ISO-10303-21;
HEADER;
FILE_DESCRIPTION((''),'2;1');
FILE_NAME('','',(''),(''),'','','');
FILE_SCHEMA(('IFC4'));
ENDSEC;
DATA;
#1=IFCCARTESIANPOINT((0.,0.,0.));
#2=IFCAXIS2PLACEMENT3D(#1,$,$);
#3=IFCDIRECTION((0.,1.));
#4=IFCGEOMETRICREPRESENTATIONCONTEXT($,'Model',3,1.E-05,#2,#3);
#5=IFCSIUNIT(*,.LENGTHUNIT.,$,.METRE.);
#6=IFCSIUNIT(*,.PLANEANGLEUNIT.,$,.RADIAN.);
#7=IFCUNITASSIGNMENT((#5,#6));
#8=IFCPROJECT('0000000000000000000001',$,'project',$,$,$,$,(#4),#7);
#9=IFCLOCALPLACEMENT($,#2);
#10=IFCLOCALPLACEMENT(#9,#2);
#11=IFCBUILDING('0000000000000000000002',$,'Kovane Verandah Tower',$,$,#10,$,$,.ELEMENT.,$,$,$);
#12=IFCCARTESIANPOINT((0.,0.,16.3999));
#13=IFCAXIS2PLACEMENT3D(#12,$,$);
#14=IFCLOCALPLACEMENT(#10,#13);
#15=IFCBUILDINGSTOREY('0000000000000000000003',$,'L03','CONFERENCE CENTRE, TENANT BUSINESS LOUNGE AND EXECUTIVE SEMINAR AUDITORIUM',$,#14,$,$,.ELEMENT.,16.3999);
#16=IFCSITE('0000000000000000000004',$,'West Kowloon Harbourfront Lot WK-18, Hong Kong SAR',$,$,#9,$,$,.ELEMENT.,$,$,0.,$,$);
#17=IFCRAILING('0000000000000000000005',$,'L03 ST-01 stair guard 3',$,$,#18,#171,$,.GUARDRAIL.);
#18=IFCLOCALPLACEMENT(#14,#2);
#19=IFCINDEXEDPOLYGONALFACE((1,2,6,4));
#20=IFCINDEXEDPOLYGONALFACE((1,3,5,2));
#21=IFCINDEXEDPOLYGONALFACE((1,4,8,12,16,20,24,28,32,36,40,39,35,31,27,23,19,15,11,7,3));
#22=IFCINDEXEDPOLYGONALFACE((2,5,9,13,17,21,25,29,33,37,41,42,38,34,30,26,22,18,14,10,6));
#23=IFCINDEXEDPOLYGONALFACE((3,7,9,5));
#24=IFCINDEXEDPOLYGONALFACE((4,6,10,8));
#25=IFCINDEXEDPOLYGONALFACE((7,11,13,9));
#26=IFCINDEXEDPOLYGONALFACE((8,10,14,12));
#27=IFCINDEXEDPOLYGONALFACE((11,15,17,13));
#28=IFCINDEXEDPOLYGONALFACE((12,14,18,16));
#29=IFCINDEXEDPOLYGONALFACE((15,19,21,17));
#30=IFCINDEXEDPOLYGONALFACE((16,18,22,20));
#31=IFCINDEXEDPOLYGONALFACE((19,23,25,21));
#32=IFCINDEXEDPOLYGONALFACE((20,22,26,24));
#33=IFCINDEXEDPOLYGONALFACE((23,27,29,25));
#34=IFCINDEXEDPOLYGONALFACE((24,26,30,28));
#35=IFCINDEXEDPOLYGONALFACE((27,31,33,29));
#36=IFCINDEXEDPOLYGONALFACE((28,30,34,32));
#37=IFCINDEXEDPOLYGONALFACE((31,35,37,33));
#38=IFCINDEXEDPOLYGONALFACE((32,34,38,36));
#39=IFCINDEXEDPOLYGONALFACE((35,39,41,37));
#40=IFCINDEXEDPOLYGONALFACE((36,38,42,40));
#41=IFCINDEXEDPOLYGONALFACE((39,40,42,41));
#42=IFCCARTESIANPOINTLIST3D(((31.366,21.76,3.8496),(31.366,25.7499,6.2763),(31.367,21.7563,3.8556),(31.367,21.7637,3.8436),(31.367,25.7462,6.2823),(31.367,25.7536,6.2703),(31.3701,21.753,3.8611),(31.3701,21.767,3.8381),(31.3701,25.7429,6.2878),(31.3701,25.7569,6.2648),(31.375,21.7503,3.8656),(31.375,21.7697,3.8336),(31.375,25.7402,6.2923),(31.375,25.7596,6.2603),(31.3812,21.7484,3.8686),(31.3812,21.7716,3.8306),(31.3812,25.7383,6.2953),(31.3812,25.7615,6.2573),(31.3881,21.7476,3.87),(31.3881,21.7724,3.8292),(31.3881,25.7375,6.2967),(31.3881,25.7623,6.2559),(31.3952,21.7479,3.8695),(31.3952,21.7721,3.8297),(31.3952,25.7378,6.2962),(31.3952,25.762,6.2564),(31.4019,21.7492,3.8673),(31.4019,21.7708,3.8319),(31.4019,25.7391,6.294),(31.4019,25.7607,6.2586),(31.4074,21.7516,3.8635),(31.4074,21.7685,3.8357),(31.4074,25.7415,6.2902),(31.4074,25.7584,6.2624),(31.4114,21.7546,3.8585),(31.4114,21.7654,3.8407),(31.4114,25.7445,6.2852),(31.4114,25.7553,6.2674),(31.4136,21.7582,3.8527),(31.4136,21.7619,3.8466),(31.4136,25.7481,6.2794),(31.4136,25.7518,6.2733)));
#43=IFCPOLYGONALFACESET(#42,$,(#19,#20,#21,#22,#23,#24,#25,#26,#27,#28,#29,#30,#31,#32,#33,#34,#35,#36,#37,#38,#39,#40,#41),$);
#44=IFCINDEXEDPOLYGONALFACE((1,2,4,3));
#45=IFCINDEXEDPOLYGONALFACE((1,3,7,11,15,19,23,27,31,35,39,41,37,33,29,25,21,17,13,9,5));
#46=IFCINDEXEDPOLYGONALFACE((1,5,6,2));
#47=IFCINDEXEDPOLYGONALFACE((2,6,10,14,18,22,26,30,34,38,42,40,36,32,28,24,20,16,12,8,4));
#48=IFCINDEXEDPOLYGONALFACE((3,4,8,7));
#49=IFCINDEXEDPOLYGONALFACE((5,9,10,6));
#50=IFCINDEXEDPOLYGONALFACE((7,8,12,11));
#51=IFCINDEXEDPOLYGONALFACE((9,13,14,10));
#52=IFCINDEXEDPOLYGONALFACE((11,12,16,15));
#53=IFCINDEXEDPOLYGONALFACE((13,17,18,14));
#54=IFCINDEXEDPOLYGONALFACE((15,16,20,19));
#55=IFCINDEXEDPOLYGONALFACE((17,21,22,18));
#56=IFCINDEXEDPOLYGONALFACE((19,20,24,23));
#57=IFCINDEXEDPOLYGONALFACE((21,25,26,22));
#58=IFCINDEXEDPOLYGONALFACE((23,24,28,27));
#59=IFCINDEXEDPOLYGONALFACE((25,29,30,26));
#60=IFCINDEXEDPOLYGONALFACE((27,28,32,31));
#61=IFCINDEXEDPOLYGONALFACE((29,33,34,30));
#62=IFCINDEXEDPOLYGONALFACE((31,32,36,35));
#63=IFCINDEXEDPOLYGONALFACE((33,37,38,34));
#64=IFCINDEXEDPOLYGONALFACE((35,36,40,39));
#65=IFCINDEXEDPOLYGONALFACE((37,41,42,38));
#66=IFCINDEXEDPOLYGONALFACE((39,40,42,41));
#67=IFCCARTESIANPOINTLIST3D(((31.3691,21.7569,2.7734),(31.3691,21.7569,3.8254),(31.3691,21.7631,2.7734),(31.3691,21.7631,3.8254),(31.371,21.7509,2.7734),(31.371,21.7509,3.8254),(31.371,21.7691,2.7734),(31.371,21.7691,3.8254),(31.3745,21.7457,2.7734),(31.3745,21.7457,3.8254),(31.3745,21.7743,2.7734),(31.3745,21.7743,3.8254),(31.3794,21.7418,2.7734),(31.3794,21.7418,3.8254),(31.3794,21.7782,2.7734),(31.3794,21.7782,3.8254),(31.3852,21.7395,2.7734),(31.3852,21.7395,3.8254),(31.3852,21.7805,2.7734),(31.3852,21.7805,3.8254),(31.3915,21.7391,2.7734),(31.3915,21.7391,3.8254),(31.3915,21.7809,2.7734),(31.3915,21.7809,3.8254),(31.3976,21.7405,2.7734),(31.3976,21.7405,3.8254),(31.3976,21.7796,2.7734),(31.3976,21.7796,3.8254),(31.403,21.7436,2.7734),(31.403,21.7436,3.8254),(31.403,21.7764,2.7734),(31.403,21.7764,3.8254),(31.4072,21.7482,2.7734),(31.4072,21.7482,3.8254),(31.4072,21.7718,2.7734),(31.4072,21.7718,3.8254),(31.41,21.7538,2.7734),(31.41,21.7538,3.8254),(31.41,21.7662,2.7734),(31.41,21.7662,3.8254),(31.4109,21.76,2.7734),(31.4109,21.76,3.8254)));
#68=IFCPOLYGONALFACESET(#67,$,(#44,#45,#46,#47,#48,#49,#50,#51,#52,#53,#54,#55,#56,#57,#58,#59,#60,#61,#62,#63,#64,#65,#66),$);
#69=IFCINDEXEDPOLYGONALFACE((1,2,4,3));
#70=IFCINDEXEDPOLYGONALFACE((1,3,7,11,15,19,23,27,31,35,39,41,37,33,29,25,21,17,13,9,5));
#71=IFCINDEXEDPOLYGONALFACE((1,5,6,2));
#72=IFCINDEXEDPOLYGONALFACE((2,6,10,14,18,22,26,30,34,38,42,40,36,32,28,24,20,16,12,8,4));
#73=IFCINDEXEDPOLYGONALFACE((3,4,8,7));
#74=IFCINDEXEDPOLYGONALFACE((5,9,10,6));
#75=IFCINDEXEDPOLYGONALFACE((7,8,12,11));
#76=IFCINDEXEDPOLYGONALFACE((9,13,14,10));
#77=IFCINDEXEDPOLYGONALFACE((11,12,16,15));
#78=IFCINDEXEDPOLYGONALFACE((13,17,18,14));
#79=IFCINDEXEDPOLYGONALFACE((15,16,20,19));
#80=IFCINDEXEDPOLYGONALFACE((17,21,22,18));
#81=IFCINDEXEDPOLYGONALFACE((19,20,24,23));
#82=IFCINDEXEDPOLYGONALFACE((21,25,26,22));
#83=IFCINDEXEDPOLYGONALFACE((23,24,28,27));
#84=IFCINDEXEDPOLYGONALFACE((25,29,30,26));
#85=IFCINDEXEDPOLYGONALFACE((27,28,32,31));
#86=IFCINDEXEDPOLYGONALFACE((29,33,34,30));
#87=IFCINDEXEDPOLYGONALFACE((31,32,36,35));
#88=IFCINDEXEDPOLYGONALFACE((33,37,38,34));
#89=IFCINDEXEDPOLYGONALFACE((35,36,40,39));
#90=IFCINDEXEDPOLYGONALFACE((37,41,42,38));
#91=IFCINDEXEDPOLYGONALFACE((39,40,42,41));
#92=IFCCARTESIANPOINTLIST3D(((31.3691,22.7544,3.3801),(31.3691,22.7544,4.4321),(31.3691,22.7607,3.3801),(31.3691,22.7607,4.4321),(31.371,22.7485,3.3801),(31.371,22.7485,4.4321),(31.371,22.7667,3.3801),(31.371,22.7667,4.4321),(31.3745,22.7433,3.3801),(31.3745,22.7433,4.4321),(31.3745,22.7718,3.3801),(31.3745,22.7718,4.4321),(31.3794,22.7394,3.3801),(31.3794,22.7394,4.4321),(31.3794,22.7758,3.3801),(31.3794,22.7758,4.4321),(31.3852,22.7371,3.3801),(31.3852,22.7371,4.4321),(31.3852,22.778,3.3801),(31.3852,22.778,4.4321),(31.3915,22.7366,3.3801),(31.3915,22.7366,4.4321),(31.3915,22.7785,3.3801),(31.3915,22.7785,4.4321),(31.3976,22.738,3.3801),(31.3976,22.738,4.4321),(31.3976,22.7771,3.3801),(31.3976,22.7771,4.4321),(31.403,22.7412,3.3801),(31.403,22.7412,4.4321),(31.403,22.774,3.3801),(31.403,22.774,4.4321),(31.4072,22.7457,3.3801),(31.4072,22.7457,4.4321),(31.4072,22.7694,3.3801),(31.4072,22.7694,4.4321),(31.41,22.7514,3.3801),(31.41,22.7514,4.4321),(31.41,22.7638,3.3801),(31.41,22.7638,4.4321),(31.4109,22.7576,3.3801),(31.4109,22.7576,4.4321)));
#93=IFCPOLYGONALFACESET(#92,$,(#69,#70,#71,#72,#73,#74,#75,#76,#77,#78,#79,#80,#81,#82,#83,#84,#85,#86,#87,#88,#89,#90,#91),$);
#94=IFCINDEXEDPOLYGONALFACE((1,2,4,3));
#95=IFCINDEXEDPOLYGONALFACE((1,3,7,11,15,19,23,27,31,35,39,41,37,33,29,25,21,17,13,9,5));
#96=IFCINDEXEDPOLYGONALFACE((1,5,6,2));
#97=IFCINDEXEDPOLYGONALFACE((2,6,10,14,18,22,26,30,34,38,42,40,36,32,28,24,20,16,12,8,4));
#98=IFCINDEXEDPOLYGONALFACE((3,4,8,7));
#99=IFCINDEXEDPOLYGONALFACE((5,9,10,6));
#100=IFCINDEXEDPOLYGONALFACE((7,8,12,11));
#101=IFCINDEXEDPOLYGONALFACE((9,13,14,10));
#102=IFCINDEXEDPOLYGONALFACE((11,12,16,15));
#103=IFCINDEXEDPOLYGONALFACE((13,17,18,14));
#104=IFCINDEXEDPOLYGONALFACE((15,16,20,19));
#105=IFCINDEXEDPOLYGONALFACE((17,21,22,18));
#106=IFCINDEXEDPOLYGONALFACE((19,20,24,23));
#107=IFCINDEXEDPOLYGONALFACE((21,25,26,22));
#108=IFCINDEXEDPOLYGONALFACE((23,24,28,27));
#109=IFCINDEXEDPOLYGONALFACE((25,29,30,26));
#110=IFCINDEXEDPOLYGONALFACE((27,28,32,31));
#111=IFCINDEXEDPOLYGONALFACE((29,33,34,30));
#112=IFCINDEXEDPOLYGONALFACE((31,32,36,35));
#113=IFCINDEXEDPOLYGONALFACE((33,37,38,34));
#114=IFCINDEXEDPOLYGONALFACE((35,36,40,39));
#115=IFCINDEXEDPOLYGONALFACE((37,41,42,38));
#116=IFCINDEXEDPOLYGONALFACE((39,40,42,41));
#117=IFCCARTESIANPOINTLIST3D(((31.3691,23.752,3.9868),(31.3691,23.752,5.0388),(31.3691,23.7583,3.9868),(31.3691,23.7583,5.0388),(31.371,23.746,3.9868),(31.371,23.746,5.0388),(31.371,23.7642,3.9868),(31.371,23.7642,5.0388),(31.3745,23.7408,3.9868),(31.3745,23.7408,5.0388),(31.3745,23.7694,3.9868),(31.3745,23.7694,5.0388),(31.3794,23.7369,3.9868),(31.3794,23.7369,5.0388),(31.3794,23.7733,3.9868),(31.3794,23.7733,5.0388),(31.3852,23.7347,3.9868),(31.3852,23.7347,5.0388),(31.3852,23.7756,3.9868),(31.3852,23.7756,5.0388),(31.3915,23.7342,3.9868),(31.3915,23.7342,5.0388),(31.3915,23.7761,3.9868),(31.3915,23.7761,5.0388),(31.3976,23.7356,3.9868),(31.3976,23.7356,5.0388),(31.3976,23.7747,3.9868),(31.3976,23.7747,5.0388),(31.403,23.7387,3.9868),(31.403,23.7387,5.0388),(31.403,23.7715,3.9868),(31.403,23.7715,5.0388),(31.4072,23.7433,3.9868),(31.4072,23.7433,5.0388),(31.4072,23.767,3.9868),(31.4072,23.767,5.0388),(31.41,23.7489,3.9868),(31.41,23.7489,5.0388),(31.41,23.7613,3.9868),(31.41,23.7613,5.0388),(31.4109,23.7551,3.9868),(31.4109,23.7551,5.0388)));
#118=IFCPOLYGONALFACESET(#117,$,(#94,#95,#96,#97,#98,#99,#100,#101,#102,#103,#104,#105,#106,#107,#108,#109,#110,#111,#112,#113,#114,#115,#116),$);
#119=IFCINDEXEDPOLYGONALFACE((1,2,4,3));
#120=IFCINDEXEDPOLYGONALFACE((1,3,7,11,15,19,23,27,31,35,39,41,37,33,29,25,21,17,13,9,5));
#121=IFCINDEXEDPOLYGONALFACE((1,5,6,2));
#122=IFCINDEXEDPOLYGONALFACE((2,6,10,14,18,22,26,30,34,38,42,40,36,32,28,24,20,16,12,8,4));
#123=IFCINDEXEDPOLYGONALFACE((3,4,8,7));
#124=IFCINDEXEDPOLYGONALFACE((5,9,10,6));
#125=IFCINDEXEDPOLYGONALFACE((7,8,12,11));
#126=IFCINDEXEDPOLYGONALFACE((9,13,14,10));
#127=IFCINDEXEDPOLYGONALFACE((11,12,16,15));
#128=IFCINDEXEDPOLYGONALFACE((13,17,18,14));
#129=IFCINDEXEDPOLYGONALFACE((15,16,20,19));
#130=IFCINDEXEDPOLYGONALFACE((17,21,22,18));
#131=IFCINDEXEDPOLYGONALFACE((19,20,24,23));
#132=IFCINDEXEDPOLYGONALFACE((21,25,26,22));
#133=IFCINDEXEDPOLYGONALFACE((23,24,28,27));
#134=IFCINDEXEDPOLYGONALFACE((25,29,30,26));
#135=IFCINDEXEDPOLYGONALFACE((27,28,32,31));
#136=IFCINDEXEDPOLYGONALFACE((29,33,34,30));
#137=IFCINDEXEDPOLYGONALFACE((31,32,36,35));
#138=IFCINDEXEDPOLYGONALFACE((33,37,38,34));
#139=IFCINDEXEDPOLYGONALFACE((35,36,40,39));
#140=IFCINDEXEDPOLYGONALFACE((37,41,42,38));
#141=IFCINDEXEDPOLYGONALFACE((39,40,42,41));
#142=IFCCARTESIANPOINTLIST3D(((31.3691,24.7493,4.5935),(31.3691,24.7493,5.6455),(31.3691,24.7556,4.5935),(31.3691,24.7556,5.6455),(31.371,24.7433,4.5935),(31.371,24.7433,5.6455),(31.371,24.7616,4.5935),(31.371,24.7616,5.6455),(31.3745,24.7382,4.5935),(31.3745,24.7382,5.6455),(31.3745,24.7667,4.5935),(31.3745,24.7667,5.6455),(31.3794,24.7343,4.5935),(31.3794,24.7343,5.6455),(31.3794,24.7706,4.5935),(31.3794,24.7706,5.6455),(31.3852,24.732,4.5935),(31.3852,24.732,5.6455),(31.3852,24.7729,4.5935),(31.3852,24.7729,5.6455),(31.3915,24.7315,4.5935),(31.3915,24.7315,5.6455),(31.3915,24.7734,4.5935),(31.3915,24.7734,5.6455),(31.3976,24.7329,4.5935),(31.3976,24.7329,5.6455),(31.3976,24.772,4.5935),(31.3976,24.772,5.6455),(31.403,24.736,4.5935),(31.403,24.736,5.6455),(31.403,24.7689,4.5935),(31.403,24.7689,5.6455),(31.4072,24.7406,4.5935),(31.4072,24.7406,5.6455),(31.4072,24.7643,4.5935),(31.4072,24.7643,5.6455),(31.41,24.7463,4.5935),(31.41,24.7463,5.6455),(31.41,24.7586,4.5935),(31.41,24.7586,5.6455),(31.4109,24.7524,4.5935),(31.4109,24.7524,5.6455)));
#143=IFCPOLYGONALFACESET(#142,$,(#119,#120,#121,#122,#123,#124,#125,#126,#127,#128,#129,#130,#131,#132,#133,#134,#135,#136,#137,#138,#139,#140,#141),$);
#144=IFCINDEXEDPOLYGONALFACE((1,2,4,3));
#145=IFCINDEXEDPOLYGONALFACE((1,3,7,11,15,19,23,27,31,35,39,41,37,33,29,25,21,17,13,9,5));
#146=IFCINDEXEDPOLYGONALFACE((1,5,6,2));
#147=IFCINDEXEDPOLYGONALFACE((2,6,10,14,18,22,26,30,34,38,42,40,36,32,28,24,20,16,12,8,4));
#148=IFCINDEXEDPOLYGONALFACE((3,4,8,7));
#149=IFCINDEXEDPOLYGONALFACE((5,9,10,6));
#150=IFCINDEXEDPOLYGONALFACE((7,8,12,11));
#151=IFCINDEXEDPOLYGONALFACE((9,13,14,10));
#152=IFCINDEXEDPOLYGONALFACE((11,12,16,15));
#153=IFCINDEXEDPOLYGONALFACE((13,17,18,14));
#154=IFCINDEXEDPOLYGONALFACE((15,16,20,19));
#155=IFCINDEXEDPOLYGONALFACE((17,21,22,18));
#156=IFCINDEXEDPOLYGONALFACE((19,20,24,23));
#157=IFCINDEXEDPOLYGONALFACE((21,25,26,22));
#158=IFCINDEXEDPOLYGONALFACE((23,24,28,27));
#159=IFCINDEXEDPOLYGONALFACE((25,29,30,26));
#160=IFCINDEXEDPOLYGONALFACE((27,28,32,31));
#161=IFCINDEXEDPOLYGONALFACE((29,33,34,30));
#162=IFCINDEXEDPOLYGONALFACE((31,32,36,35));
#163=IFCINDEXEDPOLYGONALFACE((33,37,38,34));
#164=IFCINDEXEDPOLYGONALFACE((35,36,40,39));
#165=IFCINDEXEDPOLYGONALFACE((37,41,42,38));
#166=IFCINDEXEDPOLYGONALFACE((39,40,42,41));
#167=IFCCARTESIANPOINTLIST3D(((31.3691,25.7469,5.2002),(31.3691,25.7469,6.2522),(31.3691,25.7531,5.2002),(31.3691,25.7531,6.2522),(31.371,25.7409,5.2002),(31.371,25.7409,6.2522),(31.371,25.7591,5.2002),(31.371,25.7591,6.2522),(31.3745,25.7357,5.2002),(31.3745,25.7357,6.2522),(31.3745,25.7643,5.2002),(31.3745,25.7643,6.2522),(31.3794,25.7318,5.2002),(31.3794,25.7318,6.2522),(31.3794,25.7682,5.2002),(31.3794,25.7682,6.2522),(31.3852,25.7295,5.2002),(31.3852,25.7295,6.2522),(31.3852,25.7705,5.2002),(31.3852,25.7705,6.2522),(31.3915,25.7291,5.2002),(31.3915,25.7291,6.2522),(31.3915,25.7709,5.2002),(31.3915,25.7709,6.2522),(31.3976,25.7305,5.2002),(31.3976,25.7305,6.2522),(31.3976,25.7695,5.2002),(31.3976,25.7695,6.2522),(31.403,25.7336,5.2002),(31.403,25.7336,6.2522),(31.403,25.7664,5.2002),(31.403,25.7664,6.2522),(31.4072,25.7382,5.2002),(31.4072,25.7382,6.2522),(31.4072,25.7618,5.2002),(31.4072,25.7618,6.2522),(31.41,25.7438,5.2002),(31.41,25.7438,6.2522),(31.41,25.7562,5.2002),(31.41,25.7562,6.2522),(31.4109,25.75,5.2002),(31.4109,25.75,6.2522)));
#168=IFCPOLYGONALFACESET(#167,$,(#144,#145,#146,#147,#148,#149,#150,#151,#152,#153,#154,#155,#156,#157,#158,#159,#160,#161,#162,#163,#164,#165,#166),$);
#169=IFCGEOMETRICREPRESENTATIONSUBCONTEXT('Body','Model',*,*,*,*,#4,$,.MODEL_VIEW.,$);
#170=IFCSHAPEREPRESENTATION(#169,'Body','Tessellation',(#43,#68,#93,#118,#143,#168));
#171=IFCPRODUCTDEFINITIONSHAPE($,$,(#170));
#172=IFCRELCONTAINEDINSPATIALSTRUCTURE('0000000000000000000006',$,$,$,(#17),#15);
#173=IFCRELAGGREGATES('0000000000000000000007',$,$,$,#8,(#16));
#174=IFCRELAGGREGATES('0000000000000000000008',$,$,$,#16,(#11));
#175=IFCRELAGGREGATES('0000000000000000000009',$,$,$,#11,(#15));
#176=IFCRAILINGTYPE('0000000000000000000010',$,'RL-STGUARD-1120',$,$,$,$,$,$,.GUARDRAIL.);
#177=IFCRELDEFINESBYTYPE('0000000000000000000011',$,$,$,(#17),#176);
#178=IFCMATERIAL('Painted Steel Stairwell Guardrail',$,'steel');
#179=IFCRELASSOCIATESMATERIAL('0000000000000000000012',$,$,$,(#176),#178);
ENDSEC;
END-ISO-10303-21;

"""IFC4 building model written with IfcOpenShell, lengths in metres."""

from ifc_helpers import new_model, si_unit, direction, frame, origin, origin_2d, place, context, subcontext, project, spatial, circle, extrude, material, type_object, element, save


model = new_model("IFC4")

# Units and contexts
model_context = context("Model", 3, precision=1e-05, world=origin(), true_north=direction((0.0, 1.0)))
body_context = subcontext(model_context, "Body", "Model", "MODEL_VIEW")
ifc_project = project(units=[si_unit("LENGTHUNIT", "METRE"), si_unit("PLANEANGLEUNIT", "RADIAN")], contexts=[model_context])

# Site, building, storey
site_placement = place(None, origin())
site = spatial("IfcSite", under=ifc_project, at=site_placement, Name="West Kowloon Harbourfront Lot WK-18, Hong Kong SAR", CompositionType="ELEMENT", RefElevation=0.0)
building_placement = place(site_placement, origin())
building = spatial("IfcBuilding", under=site, at=building_placement, Name="Kovane Verandah Tower", CompositionType="ELEMENT")
storey_placement = place(building_placement, frame((0.0, 0.0, 16.3999)))
storey = spatial("IfcBuildingStorey", under=building, at=storey_placement, Name="L03", Description="CONFERENCE CENTRE, TENANT BUSINESS LOUNGE AND EXECUTIVE SEMINAR AUDITORIUM", CompositionType="ELEMENT", Elevation=16.3999)

# Railing
ifc_material_1 = material(Name="Painted Steel Stairwell Guardrail", Category="steel")
railing_type_1 = type_object("IfcRailingType", Name="RL-STGUARD-1120", PredefinedType="GUARDRAIL", material=ifc_material_1)
railing_1_placement = place(storey_placement, frame((31.3899, 21.76, 2.7734)))
element("IfcRailing", 1, at=railing_1_placement, inside=storey, type_object=railing_type_1, Name="L03 ST-01 stair guard 3", PredefinedType="GUARDRAIL", context=body_context, shape_type="SweptSolid", body=[
    extrude(circle(Radius=0.0239, at=origin_2d()), frame((0.0, 0.0, 1.0762), z_axis=(0.0, 0.854382, 0.519645), x_axis=(-1.0, 0.0, 0.0)), (0.0, 0.0, 1.0), 4.6699),
    extrude(circle(Radius=0.021, at=origin_2d()), origin(), (0.0, 0.0, 1.0), 1.052),
    extrude(circle(Radius=0.021, at=origin_2d()), frame((0.0, 0.9976, 0.6067)), (0.0, 0.0, 1.0), 1.052),
    extrude(circle(Radius=0.021, at=origin_2d()), frame((0.0, 1.9951, 1.2134)), (0.0, 0.0, 1.0), 1.052),
    extrude(circle(Radius=0.021, at=origin_2d()), frame((0.0, 2.9924, 1.8201)), (0.0, 0.0, 1.0), 1.052),
    extrude(circle(Radius=0.021, at=origin_2d()), frame((0.0, 3.99, 2.4268)), (0.0, 0.0, 1.0), 1.052),
])

save(model, "model.ifc")
